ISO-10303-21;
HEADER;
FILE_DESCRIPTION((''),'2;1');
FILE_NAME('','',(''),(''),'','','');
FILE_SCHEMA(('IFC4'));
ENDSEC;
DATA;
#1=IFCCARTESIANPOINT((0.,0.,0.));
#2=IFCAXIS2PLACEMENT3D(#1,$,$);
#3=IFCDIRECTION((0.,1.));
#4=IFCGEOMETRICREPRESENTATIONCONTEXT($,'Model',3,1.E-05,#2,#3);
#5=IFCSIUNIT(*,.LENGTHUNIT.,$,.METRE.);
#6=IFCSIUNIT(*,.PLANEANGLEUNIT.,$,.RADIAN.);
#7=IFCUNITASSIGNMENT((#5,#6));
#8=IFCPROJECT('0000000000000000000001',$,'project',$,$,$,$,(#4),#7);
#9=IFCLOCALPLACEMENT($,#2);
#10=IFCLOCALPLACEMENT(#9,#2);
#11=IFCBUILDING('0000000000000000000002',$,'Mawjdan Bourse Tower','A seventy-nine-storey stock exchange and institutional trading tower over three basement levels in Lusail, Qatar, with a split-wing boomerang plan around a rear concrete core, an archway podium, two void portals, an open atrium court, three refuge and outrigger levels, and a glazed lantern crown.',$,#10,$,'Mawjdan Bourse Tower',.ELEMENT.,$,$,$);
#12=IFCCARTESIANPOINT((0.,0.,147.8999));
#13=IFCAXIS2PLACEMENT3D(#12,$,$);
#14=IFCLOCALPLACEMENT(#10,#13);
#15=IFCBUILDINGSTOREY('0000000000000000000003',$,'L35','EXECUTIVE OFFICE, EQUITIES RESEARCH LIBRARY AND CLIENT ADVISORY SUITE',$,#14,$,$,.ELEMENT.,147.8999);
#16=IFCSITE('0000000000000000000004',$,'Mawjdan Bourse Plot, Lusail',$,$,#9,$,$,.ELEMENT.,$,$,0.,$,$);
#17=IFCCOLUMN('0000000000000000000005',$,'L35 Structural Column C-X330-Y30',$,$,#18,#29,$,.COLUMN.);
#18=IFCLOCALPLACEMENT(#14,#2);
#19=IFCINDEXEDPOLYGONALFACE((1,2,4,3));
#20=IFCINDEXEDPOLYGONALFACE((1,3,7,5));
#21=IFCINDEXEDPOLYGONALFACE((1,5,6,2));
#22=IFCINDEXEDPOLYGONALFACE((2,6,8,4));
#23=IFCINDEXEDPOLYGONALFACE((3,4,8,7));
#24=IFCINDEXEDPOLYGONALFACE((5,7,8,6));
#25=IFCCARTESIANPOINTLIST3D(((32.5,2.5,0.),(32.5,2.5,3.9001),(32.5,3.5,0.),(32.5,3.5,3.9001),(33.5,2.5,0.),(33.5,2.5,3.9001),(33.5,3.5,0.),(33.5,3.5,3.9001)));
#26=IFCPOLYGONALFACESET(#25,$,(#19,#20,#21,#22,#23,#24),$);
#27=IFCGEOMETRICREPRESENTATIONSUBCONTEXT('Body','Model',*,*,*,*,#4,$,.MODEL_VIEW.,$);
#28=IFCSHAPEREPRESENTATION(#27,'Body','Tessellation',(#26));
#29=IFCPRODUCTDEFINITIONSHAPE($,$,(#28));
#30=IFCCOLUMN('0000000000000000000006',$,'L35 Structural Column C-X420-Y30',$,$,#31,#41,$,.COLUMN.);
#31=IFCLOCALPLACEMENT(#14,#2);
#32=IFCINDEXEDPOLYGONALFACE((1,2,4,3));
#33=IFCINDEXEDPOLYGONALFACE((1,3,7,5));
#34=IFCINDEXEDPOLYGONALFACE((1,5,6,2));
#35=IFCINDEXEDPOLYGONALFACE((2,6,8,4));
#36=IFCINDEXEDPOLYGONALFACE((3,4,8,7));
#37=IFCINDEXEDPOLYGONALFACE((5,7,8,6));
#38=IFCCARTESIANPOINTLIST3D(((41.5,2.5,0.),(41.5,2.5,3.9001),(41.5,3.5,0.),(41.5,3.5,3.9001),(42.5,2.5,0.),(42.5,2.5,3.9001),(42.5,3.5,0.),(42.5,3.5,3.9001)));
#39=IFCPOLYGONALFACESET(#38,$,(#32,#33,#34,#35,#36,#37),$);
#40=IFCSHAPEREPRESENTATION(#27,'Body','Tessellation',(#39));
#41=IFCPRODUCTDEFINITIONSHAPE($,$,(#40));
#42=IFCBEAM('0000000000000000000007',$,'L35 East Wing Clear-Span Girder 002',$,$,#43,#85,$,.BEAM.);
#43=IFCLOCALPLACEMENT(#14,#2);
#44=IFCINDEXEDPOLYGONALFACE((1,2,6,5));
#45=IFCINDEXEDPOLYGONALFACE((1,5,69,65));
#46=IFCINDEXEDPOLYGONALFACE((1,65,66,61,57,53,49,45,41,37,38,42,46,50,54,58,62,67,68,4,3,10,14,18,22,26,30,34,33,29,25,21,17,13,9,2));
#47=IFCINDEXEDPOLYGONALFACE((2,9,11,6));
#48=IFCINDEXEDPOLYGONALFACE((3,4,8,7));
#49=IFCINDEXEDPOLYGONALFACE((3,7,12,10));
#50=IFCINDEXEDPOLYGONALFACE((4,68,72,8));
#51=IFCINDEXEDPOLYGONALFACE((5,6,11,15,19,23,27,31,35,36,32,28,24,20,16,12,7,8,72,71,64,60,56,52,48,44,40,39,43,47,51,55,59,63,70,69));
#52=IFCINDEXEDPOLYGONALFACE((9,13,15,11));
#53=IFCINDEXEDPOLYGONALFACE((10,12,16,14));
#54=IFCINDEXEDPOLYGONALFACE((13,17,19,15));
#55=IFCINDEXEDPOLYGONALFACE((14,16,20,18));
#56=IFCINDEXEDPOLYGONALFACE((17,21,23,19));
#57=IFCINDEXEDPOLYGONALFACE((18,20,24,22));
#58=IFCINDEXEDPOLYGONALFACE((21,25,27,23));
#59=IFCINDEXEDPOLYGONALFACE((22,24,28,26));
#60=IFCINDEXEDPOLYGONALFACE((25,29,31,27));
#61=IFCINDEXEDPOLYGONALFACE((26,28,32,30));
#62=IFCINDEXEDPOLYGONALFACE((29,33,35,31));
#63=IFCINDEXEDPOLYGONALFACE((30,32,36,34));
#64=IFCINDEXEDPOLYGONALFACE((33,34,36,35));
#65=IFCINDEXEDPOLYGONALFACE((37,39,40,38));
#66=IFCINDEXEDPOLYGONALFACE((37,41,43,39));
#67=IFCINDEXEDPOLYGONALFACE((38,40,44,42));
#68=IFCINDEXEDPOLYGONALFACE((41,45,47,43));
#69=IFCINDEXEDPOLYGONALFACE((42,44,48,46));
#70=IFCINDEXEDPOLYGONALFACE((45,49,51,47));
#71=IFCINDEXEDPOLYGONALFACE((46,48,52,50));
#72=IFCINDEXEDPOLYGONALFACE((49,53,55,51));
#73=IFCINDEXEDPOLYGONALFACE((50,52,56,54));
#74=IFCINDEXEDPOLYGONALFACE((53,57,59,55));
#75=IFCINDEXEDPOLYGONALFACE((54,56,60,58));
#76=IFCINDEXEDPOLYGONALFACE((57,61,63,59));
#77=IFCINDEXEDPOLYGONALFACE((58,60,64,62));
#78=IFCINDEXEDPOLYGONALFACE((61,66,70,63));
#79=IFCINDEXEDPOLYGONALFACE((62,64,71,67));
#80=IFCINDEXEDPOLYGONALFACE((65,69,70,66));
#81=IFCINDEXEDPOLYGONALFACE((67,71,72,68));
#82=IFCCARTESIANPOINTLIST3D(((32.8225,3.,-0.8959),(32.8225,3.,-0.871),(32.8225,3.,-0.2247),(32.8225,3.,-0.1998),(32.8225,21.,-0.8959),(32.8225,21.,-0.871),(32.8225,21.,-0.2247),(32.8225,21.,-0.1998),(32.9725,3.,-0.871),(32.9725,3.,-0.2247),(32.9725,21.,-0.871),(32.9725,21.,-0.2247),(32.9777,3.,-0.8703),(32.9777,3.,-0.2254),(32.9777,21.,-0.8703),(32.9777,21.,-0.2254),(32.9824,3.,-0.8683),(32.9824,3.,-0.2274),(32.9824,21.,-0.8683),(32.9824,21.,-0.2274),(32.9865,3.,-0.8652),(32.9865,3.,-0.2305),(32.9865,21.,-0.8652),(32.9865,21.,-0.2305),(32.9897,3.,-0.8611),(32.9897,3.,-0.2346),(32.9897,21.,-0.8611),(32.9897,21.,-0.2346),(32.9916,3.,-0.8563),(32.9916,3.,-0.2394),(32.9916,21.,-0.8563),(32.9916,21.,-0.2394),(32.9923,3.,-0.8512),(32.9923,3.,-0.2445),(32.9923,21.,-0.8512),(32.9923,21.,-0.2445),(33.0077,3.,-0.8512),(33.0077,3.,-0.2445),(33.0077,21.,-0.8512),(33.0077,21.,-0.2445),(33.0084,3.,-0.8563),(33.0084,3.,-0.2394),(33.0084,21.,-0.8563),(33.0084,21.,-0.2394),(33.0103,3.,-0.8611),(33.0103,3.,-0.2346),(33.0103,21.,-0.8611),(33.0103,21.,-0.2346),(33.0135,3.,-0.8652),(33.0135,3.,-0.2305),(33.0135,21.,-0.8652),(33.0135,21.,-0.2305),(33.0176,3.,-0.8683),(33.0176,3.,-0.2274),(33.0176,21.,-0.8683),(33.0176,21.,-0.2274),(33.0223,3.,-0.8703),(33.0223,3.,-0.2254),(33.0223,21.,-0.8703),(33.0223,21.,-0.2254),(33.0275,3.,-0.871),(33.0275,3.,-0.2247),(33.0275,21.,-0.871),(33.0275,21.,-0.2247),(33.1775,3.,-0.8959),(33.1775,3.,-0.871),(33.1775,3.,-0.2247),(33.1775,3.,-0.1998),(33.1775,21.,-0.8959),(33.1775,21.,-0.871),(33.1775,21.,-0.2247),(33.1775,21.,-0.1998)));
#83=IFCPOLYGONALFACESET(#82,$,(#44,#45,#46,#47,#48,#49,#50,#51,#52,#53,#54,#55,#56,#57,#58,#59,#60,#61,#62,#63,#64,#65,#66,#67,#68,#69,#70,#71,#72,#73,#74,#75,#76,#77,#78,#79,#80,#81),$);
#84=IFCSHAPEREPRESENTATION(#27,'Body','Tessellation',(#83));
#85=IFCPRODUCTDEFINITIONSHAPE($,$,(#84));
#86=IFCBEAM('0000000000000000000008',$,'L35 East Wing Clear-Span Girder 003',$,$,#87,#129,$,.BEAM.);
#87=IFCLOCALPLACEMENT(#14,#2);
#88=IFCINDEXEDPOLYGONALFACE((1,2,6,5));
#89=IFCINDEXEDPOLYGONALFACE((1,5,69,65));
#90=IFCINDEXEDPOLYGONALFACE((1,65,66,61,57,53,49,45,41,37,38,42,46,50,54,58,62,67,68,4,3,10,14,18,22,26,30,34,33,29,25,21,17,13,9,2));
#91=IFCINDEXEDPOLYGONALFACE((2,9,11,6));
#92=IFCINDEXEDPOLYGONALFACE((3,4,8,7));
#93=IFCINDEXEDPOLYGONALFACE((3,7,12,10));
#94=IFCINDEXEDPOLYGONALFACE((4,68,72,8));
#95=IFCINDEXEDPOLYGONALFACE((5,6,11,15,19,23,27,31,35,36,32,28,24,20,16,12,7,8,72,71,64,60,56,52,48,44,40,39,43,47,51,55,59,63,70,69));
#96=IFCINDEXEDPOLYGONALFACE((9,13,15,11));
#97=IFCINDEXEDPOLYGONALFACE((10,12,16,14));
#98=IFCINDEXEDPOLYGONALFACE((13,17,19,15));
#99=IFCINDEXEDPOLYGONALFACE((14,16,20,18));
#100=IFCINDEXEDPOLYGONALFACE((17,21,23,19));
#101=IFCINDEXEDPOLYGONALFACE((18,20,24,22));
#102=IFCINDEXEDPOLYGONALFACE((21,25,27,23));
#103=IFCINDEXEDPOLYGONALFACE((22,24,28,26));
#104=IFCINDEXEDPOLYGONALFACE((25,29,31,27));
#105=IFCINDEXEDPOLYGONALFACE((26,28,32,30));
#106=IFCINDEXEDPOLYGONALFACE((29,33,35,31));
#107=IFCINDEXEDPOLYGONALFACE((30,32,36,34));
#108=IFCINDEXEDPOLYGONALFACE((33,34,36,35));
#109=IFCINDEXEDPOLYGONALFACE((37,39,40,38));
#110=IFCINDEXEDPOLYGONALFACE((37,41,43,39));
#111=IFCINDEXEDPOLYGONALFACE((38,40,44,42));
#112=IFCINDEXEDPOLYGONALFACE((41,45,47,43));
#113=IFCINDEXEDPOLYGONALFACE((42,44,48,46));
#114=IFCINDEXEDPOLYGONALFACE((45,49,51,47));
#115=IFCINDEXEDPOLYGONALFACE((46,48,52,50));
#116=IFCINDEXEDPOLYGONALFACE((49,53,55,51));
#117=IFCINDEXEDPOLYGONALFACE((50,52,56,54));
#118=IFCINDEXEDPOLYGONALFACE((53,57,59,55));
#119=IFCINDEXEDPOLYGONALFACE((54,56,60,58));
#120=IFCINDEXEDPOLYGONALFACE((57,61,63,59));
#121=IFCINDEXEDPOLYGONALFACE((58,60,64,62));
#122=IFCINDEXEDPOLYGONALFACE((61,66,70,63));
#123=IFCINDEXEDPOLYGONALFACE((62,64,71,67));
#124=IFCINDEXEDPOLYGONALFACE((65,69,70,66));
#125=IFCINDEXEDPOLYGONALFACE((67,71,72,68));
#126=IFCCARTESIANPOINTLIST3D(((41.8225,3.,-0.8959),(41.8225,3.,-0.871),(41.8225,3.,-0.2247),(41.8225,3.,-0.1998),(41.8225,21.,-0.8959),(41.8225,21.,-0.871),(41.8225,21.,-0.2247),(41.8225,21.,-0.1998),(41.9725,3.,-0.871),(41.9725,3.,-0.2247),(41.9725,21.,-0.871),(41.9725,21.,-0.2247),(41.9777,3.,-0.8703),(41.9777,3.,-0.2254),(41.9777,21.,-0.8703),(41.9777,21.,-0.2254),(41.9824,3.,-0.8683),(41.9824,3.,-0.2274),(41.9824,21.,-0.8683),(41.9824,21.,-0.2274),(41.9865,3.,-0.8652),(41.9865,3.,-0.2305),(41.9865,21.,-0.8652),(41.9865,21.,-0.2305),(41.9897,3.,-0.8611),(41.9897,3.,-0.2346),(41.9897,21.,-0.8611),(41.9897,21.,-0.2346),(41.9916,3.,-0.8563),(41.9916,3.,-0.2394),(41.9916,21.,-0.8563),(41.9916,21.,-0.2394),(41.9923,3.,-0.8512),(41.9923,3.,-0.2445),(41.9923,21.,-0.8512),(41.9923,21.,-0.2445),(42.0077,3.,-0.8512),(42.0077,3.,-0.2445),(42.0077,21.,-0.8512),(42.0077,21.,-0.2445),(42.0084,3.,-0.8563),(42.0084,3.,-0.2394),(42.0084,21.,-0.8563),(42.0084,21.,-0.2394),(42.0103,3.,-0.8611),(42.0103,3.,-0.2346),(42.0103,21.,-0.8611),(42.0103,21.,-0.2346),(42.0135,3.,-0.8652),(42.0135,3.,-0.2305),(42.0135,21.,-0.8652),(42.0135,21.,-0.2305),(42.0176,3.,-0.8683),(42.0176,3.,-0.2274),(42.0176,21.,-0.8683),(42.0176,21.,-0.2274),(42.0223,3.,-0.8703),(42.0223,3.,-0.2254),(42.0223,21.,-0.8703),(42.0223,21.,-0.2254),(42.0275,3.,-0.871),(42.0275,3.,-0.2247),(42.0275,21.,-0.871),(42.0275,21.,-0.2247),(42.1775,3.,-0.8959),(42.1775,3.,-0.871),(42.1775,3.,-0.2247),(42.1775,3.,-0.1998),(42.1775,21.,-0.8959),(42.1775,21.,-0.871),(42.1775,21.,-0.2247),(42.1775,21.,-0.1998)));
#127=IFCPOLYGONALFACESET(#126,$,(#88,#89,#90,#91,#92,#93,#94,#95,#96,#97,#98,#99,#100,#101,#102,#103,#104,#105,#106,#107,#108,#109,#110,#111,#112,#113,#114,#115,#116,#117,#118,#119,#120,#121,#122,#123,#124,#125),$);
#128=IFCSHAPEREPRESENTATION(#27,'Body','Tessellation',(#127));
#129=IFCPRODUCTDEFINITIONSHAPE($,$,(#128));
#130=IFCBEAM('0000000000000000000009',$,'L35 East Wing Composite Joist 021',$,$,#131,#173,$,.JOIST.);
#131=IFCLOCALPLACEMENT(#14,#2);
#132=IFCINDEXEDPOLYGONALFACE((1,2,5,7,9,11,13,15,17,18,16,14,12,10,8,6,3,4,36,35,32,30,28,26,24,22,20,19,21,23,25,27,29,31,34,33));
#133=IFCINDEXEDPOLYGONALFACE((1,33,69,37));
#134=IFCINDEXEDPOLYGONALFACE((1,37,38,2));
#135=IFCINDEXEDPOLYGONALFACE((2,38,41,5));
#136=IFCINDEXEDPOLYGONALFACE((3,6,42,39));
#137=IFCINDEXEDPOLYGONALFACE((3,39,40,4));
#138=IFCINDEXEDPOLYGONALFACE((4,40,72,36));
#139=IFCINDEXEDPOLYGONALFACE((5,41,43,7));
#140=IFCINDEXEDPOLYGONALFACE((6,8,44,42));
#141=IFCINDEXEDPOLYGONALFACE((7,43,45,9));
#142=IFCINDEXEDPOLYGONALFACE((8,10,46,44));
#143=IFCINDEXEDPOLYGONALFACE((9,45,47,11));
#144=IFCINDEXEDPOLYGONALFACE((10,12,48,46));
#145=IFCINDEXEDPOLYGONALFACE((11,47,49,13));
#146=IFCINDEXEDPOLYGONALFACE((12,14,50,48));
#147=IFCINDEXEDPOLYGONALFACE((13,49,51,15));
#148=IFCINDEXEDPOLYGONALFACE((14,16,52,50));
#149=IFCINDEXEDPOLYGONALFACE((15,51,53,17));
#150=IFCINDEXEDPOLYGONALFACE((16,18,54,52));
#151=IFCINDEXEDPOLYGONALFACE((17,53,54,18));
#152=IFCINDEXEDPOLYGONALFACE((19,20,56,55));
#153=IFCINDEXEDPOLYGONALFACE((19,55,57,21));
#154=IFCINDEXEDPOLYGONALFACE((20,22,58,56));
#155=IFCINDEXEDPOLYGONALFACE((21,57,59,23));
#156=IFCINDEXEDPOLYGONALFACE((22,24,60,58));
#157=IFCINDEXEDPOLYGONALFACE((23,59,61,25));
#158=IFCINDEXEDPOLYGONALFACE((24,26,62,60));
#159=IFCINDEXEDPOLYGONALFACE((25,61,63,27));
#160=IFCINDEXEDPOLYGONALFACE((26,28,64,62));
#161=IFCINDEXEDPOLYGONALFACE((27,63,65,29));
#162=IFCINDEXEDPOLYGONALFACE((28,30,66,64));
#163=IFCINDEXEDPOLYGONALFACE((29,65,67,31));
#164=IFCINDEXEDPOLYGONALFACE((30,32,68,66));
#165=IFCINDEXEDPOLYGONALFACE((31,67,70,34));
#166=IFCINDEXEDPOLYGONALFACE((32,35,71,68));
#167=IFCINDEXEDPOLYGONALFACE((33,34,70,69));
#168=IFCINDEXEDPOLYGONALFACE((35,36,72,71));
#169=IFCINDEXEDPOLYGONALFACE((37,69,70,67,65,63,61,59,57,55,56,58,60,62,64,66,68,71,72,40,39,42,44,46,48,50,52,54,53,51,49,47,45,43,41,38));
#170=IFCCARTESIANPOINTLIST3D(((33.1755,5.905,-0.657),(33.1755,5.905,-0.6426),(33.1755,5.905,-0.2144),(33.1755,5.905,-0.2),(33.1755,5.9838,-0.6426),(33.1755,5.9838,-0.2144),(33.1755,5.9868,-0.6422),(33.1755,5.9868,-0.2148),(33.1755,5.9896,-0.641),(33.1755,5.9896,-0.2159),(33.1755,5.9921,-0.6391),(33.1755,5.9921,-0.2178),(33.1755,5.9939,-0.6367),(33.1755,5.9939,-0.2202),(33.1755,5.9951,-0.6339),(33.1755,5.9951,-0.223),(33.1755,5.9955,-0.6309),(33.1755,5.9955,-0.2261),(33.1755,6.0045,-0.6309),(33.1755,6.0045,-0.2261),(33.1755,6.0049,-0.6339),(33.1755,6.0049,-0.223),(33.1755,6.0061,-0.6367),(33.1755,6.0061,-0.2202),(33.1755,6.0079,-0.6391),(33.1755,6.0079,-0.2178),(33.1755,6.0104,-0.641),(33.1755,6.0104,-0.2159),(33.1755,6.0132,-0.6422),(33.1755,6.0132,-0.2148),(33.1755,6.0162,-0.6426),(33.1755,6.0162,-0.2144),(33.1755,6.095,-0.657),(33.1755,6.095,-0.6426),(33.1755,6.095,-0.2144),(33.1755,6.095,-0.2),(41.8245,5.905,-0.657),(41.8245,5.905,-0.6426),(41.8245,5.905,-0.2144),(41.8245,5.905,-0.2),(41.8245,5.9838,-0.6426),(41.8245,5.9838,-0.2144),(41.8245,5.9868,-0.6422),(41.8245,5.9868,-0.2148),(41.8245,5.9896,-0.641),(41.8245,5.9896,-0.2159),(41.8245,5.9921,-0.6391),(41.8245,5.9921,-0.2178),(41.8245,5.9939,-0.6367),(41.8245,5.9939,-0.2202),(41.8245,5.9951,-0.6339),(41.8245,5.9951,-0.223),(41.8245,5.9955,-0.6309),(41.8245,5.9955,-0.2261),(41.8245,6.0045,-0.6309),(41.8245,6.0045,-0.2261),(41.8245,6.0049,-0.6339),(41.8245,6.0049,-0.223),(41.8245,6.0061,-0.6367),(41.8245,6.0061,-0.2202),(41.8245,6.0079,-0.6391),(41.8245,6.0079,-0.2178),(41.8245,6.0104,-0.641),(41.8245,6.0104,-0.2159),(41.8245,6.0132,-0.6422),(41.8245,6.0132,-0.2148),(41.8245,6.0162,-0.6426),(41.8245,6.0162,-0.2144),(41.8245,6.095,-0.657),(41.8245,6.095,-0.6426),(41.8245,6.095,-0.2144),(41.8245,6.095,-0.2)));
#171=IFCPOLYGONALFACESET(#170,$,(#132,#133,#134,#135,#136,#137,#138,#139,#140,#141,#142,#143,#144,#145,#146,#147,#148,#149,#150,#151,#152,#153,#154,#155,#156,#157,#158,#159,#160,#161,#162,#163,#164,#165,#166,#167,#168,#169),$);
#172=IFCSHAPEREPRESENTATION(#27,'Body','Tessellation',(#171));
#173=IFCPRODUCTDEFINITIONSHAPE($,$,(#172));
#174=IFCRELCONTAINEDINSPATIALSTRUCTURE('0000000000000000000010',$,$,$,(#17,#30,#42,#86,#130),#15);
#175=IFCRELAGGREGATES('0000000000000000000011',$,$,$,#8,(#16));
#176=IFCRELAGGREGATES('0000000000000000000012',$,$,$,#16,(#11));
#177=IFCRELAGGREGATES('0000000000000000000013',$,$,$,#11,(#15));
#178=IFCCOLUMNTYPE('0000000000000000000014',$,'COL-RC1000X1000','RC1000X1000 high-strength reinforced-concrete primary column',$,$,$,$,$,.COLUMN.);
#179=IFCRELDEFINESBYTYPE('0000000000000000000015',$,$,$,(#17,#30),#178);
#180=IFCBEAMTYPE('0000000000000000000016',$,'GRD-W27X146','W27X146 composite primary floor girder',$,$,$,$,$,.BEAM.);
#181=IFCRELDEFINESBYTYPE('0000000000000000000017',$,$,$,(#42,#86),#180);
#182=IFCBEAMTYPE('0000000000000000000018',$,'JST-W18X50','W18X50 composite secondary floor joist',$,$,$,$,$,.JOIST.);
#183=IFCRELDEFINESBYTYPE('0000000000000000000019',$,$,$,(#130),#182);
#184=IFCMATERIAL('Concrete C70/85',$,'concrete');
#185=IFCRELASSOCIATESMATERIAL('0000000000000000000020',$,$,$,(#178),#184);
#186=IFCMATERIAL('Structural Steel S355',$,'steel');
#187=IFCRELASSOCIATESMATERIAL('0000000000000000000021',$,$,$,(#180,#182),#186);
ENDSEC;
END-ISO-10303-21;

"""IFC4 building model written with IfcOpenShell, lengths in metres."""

from ifc_helpers import new_model, si_unit, direction, frame, origin, origin_2d, place, context, subcontext, project, spatial, rectangle, i_section, extrude, material, material_profile, profile_set, type_object, element, save


model = new_model("IFC4")

# Units and contexts
model_context = context("Model", 3, precision=1e-05, world=origin(), true_north=direction((0.0, 1.0)))
body_context = subcontext(model_context, "Body", "Model", "MODEL_VIEW")
ifc_project = project(units=[si_unit("LENGTHUNIT", "METRE"), si_unit("PLANEANGLEUNIT", "RADIAN")], contexts=[model_context])

# Site, building, storey
site_placement = place(None, origin())
site = spatial("IfcSite", under=ifc_project, at=site_placement, Name="Mawjdan Bourse Plot, Lusail", CompositionType="ELEMENT", RefElevation=0.0)
building_placement = place(site_placement, origin())
building = spatial("IfcBuilding", under=site, at=building_placement, Name="Mawjdan Bourse Tower", Description="A seventy-nine-storey stock exchange and institutional trading tower over three basement levels in Lusail, Qatar, with a split-wing boomerang plan around a rear concrete core, an archway podium, two void portals, an open atrium court, three refuge and outrigger levels, and a glazed lantern crown.", LongName="Mawjdan Bourse Tower", CompositionType="ELEMENT")
storey_placement = place(building_placement, frame((0.0, 0.0, 147.8999)))
storey = spatial("IfcBuildingStorey", under=building, at=storey_placement, Name="L35", Description="EXECUTIVE OFFICE, EQUITIES RESEARCH LIBRARY AND CLIENT ADVISORY SUITE", CompositionType="ELEMENT", Elevation=147.8999)

# Columns
ifc_material_1 = material(Name="Concrete C70/85", Category="concrete")
ifc_material_profile_1 = material_profile(ifc_material_1, rectangle(XDim=1.0, YDim=1.0, at=origin_2d()), Name="RC1000X1000")
ifc_profile_set_1 = profile_set([ifc_material_profile_1], Name="Concrete C70/85")
column_type = type_object("IfcColumnType", Name="COL-RC1000X1000", Description="RC1000X1000 high-strength reinforced-concrete primary column", PredefinedType="COLUMN", material=ifc_profile_set_1)
for number, where, z_axis, x_axis, name in (
    (1, (33.0, 3.0, 0.0), (0.0, 0.0, 1.0), (1.0, 0.0, 0.0), "L35 Structural Column C-X330-Y30"),
    (2, (42.0, 3.0, 0.0), (0.0, 0.0, 1.0), (1.0, 0.0, 0.0), "L35 Structural Column C-X420-Y30"),
):
    element("IfcColumn", number, at=place(storey_placement, frame(where, z_axis=z_axis, x_axis=x_axis)), inside=storey, type_object=column_type, Name=name, PredefinedType="COLUMN", context=body_context, shape_type="SweptSolid", body=[
        extrude(rectangle(XDim=1.0, YDim=1.0, at=origin_2d()), origin(), (0.0, 0.0, 1.0), 3.9001),
    ])

# Beams
ifc_material_2 = material(Name="Structural Steel S355", Category="steel")
ifc_material_profile_2 = material_profile(ifc_material_2, i_section(OverallWidth=0.355, OverallDepth=0.696, WebThickness=0.0154, FlangeThickness=0.0249, FilletRadius=0.0198, at=origin_2d()), Name="W27X146")
ifc_profile_set_2 = profile_set([ifc_material_profile_2], Name="Structural Steel S355")
beam_type_1 = type_object("IfcBeamType", Name="GRD-W27X146", Description="W27X146 composite primary floor girder", PredefinedType="BEAM", material=ifc_profile_set_2)
for number, where, z_axis, x_axis, name in (
    (3, (33.0, 3.0, -0.5479), (0.0, 1.0, 0.0), (-1.0, 0.0, 0.0), "L35 East Wing Clear-Span Girder 002"),
    (4, (42.0, 3.0, -0.5479), (0.0, 1.0, 0.0), (-1.0, 0.0, 0.0), "L35 East Wing Clear-Span Girder 003"),
):
    element("IfcBeam", number, at=place(storey_placement, frame(where, z_axis=z_axis, x_axis=x_axis)), inside=storey, type_object=beam_type_1, Name=name, PredefinedType="BEAM", context=body_context, shape_type="SweptSolid", body=[
        extrude(i_section(OverallWidth=0.355, OverallDepth=0.696, WebThickness=0.0154, FlangeThickness=0.0249, FilletRadius=0.0198, at=origin_2d()), origin(), (0.0, 0.0, 1.0), 18.0),
    ])
ifc_material_profile_3 = material_profile(ifc_material_2, i_section(OverallWidth=0.1899, OverallDepth=0.457, WebThickness=0.009, FlangeThickness=0.0144, FilletRadius=0.0117, at=origin_2d()), Name="W18X50")
ifc_profile_set_3 = profile_set([ifc_material_profile_3], Name="Structural Steel S355")
beam_type_2 = type_object("IfcBeamType", Name="JST-W18X50", Description="W18X50 composite secondary floor joist", PredefinedType="JOIST", material=ifc_profile_set_3)
for number, where, z_axis, x_axis, name in (
    (5, (33.1755, 6.0, -0.4285), (1.0, 0.0, 0.0), (0.0, 1.0, 0.0), "L35 East Wing Composite Joist 021"),
):
    element("IfcBeam", number, at=place(storey_placement, frame(where, z_axis=z_axis, x_axis=x_axis)), inside=storey, type_object=beam_type_2, Name=name, PredefinedType="JOIST", context=body_context, shape_type="SweptSolid", body=[
        extrude(i_section(OverallWidth=0.1899, OverallDepth=0.457, WebThickness=0.009, FlangeThickness=0.0144, FilletRadius=0.0117, at=origin_2d()), origin(), (0.0, 0.0, 1.0), 8.6489),
    ])

save(model, "model.ifc")
